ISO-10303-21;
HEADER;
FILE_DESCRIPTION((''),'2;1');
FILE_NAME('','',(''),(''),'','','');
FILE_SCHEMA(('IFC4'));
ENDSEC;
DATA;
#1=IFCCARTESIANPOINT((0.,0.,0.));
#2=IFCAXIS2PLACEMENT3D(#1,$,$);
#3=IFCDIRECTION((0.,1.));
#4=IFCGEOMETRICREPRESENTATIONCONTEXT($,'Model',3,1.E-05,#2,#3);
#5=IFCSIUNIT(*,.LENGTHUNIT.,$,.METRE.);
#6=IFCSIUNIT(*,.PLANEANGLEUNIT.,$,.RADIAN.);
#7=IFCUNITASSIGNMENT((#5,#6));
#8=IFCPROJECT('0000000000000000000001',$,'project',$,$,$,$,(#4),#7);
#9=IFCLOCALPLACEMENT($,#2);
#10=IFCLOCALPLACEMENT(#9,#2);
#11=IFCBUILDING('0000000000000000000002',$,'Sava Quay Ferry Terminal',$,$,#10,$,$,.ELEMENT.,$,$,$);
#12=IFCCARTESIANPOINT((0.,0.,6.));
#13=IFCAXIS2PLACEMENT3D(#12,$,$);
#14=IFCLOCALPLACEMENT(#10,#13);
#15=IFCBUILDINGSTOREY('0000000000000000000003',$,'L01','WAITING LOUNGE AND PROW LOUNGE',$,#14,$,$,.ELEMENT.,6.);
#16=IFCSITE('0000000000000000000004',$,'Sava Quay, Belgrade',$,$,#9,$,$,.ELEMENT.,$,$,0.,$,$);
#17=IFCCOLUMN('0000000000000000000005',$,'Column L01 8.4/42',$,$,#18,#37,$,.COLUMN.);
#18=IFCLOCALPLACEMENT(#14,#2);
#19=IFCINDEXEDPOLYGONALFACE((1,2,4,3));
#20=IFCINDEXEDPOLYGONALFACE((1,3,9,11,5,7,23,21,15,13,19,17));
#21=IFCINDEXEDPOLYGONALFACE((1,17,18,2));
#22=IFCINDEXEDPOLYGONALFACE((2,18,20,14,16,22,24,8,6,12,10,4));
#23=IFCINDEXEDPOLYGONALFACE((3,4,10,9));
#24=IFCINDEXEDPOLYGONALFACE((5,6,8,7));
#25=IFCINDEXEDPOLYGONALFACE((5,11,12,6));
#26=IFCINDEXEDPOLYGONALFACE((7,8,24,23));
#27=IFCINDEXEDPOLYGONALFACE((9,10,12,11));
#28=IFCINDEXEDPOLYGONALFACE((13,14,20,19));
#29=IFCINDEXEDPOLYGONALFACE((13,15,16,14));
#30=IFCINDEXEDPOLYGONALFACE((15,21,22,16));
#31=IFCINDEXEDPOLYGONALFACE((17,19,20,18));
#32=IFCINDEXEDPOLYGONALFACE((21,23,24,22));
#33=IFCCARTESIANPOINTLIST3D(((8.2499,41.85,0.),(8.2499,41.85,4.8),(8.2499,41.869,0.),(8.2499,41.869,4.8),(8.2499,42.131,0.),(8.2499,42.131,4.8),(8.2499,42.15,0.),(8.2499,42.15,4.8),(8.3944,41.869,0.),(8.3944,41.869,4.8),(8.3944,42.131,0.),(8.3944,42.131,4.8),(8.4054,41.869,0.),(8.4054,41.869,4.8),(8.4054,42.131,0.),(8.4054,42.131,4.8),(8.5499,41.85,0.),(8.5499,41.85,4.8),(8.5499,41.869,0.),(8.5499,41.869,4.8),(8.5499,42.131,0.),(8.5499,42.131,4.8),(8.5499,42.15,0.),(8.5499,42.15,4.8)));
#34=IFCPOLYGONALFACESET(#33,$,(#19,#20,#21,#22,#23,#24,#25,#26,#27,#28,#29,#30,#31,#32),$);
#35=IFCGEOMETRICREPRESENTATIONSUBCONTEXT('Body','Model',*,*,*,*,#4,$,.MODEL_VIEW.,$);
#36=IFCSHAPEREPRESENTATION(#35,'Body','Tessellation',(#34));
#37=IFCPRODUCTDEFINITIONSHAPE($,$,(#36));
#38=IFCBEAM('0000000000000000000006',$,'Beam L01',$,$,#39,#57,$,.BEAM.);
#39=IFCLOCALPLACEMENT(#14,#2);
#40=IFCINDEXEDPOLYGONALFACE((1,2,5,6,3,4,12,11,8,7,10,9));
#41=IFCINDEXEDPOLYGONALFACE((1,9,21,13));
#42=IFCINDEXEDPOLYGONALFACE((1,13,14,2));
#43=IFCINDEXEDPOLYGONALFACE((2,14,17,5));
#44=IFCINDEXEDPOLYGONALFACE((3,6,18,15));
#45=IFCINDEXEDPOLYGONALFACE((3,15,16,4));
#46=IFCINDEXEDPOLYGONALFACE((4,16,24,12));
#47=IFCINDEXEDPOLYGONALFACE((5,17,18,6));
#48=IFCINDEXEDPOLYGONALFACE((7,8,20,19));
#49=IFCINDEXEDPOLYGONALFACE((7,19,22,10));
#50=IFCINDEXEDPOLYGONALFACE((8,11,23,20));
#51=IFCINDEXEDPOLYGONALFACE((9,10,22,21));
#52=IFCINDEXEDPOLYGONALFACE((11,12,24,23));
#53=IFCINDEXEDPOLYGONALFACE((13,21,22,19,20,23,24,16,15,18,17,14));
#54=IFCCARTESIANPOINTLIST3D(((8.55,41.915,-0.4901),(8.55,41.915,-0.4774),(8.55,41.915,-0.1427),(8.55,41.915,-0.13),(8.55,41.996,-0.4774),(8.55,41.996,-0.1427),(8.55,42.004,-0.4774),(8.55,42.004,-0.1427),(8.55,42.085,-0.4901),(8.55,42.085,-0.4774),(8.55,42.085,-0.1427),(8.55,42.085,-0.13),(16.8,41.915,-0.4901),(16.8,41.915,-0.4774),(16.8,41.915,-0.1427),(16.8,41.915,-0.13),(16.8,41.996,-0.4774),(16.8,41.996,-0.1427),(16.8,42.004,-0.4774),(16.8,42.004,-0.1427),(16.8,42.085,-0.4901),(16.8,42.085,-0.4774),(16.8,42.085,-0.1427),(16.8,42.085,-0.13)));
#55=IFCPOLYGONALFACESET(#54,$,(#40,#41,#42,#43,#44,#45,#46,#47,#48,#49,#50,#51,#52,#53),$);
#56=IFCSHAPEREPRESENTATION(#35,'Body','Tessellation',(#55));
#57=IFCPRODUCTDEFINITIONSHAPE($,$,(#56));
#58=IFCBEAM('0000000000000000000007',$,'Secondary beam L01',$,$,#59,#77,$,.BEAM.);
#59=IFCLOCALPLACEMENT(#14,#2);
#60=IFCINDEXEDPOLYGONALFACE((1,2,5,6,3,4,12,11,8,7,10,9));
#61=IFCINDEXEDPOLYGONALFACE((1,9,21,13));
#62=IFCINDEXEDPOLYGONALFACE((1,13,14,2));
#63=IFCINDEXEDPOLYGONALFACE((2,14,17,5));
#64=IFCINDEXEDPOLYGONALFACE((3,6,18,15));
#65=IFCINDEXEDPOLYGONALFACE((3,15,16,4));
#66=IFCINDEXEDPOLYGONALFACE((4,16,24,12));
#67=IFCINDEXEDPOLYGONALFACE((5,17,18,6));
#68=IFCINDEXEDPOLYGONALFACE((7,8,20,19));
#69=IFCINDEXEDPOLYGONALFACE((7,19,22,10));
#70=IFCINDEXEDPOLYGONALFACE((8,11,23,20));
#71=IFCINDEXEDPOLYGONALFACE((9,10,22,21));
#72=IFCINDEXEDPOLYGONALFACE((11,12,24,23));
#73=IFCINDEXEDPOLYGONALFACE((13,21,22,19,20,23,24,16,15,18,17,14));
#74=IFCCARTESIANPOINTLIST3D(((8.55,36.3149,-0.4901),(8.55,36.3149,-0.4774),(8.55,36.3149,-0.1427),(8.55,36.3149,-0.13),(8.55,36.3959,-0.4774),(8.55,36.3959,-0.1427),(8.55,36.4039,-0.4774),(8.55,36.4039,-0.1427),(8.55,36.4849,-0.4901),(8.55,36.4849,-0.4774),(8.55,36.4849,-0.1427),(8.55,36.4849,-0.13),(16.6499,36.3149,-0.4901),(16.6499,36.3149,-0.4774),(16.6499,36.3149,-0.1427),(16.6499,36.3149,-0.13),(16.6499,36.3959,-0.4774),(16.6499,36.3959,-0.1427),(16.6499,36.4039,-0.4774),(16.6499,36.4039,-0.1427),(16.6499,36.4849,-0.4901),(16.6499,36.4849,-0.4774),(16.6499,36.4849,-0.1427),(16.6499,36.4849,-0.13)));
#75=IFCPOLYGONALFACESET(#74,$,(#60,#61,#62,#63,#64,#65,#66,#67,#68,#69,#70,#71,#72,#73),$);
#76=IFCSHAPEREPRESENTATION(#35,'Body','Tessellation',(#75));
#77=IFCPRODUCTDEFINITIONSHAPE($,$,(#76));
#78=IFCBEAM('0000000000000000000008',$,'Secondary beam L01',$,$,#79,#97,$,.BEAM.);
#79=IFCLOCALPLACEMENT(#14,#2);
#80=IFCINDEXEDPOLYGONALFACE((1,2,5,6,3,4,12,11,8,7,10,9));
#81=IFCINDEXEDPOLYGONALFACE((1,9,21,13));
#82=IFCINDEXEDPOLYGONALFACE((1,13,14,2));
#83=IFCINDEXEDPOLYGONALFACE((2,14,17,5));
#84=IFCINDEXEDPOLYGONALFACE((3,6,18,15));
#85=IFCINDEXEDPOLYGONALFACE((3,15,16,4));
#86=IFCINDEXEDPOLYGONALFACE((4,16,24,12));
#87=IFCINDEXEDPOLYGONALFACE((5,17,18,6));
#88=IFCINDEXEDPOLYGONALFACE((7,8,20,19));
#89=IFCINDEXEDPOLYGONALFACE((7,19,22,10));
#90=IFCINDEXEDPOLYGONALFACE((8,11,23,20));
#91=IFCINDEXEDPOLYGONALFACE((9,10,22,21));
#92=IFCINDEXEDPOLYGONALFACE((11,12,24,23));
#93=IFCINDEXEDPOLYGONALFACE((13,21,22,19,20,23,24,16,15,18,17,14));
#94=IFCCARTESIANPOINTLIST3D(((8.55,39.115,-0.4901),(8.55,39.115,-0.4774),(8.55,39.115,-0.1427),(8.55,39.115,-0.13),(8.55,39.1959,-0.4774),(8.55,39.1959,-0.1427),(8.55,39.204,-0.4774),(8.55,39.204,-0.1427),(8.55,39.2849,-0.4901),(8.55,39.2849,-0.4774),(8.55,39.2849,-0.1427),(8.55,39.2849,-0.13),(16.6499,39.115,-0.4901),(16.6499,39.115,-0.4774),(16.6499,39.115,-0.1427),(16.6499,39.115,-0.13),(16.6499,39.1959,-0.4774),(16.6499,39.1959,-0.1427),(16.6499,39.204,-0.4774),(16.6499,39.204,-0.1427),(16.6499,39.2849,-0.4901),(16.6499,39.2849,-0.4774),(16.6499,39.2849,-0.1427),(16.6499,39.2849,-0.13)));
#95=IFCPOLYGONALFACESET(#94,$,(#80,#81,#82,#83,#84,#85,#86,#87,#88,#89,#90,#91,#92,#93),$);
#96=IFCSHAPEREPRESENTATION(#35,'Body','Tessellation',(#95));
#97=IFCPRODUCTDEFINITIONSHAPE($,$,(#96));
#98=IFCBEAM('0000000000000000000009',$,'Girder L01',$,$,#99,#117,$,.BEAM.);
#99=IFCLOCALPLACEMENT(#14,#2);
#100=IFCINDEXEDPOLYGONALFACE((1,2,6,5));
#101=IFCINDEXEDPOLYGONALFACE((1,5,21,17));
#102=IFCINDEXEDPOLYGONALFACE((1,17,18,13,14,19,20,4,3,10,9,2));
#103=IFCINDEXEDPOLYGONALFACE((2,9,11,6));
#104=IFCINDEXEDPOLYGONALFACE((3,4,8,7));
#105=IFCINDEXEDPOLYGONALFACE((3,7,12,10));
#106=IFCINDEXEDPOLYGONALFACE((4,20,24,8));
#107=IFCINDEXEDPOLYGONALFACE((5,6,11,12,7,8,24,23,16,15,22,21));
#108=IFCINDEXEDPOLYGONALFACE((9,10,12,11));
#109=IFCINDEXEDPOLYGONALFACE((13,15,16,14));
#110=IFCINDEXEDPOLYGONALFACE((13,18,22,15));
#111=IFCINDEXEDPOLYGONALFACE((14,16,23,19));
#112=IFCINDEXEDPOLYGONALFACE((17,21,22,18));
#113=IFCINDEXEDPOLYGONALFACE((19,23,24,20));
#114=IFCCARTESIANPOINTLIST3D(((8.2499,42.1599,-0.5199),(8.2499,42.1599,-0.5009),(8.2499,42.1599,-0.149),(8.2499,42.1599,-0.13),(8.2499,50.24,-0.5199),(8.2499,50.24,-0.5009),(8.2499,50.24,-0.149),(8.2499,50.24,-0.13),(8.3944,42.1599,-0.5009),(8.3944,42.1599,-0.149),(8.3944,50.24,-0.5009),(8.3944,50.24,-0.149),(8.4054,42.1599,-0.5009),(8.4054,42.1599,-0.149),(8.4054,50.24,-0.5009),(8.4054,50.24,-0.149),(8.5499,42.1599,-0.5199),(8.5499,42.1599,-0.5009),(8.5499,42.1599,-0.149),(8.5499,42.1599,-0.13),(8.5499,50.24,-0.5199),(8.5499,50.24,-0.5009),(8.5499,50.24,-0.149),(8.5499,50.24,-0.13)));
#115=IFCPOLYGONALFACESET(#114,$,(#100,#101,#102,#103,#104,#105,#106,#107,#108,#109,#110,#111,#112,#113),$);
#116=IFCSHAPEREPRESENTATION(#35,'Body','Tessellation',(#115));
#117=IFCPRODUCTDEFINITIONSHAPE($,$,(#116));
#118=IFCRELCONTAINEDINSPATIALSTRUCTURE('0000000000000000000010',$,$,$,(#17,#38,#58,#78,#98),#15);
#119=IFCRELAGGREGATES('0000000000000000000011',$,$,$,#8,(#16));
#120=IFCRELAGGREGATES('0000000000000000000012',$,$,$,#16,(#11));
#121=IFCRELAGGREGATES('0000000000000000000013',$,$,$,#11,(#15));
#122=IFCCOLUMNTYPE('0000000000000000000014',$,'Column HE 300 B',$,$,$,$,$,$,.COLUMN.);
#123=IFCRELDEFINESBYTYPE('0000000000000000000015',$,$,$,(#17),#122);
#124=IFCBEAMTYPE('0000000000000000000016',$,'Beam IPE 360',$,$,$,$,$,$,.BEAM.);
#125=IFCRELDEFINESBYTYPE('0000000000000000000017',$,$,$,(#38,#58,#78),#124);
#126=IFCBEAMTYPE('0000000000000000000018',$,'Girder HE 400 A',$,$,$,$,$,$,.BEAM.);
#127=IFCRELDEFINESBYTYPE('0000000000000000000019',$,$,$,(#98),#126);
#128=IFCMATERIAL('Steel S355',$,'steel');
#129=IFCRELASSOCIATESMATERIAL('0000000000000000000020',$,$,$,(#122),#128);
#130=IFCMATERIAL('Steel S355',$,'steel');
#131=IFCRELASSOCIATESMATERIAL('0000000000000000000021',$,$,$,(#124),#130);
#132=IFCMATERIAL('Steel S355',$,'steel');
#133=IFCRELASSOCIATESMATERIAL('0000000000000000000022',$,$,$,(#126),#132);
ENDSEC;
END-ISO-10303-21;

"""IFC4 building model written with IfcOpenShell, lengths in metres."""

from ifc_helpers import new_model, si_unit, direction, frame, origin, origin_2d, place, context, subcontext, project, spatial, i_section, extrude, material, material_profile, profile_set, type_object, element, save


model = new_model("IFC4")

# Units and contexts
model_context = context("Model", 3, precision=1e-05, world=origin(), true_north=direction((0.0, 1.0)))
body_context = subcontext(model_context, "Body", "Model", "MODEL_VIEW")
ifc_project = project(units=[si_unit("LENGTHUNIT", "METRE"), si_unit("PLANEANGLEUNIT", "RADIAN")], contexts=[model_context])

# Site, building, storey
site_placement = place(None, origin())
site = spatial("IfcSite", under=ifc_project, at=site_placement, Name="Sava Quay, Belgrade", CompositionType="ELEMENT", RefElevation=0.0)
building_placement = place(site_placement, origin())
building = spatial("IfcBuilding", under=site, at=building_placement, Name="Sava Quay Ferry Terminal", CompositionType="ELEMENT")
storey_placement = place(building_placement, frame((0.0, 0.0, 6.0)))
storey = spatial("IfcBuildingStorey", under=building, at=storey_placement, Name="L01", Description="WAITING LOUNGE AND PROW LOUNGE", CompositionType="ELEMENT", Elevation=6.0)

# Column
ifc_material_1 = material(Name="Steel S355", Category="steel")
ifc_material_profile_1 = material_profile(ifc_material_1, i_section(OverallWidth=0.3, OverallDepth=0.3, WebThickness=0.011, FlangeThickness=0.019, at=origin_2d()), Name="HE 300 B")
ifc_profile_set_1 = profile_set([ifc_material_profile_1], Name="Steel S355")
column_type = type_object("IfcColumnType", Name="Column HE 300 B", PredefinedType="COLUMN", material=ifc_profile_set_1)
column_placement = place(storey_placement, frame((8.3999, 42.0, 0.0), z_axis=(0.0, 0.0, 1.0), x_axis=(1.0, 0.0, 0.0)))
element("IfcColumn", 1, at=column_placement, inside=storey, type_object=column_type, Name="Column L01 8.4/42", PredefinedType="COLUMN", context=body_context, shape_type="SweptSolid", body=[
    extrude(i_section(OverallWidth=0.3, OverallDepth=0.3, WebThickness=0.011, FlangeThickness=0.019, at=origin_2d()), origin(), (0.0, 0.0, 1.0), 4.8),
])

# Beams
ifc_material_2 = material(Name="Steel S355", Category="steel")
ifc_material_profile_2 = material_profile(ifc_material_2, i_section(OverallWidth=0.1699, OverallDepth=0.3601, WebThickness=0.0081, FlangeThickness=0.0127, at=origin_2d()), Name="IPE 360")
ifc_profile_set_2 = profile_set([ifc_material_profile_2], Name="Steel S355")
beam_type_1 = type_object("IfcBeamType", Name="Beam IPE 360", PredefinedType="BEAM", material=ifc_profile_set_2)
beam_1_placement = place(storey_placement, frame((8.55, 42.0, -0.3101), z_axis=(1.0, 0.0, 0.0), x_axis=(0.0, 1.0, 0.0)))
element("IfcBeam", 2, at=beam_1_placement, inside=storey, type_object=beam_type_1, Name="Beam L01", PredefinedType="BEAM", context=body_context, shape_type="SweptSolid", body=[
    extrude(i_section(OverallWidth=0.1699, OverallDepth=0.3601, WebThickness=0.0081, FlangeThickness=0.0127, at=origin_2d()), origin(), (0.0, 0.0, 1.0), 8.25),
])
for number, where, z_axis, x_axis, name in (
    (3, (8.55, 36.3999, -0.3101), (1.0, 0.0, 0.0), (0.0, 1.0, 0.0), "Secondary beam L01"),
    (4, (8.55, 39.2, -0.3101), (1.0, 0.0, 0.0), (0.0, 1.0, 0.0), "Secondary beam L01"),
):
    element("IfcBeam", number, at=place(storey_placement, frame(where, z_axis=z_axis, x_axis=x_axis)), inside=storey, type_object=beam_type_1, Name=name, PredefinedType="BEAM", context=body_context, shape_type="SweptSolid", body=[
        extrude(i_section(OverallWidth=0.1699, OverallDepth=0.3601, WebThickness=0.0081, FlangeThickness=0.0127, at=origin_2d()), origin(), (0.0, 0.0, 1.0), 8.0999),
    ])
ifc_material_3 = material(Name="Steel S355", Category="steel")
ifc_material_profile_3 = material_profile(ifc_material_3, i_section(OverallWidth=0.3, OverallDepth=0.3899, WebThickness=0.011, FlangeThickness=0.019, at=origin_2d()), Name="HE 400 A")
ifc_profile_set_3 = profile_set([ifc_material_profile_3], Name="Steel S355")
beam_type_2 = type_object("IfcBeamType", Name="Girder HE 400 A", PredefinedType="BEAM", material=ifc_profile_set_3)
beam_2_placement = place(storey_placement, frame((8.3999, 42.1599, -0.325), z_axis=(0.0, 1.0, 0.0), x_axis=(-1.0, 0.0, 0.0)))
element("IfcBeam", 5, at=beam_2_placement, inside=storey, type_object=beam_type_2, Name="Girder L01", PredefinedType="BEAM", context=body_context, shape_type="SweptSolid", body=[
    extrude(i_section(OverallWidth=0.3, OverallDepth=0.3899, WebThickness=0.011, FlangeThickness=0.019, at=origin_2d()), origin(), (0.0, 0.0, 1.0), 8.0801),
])

save(model, "model.ifc")
